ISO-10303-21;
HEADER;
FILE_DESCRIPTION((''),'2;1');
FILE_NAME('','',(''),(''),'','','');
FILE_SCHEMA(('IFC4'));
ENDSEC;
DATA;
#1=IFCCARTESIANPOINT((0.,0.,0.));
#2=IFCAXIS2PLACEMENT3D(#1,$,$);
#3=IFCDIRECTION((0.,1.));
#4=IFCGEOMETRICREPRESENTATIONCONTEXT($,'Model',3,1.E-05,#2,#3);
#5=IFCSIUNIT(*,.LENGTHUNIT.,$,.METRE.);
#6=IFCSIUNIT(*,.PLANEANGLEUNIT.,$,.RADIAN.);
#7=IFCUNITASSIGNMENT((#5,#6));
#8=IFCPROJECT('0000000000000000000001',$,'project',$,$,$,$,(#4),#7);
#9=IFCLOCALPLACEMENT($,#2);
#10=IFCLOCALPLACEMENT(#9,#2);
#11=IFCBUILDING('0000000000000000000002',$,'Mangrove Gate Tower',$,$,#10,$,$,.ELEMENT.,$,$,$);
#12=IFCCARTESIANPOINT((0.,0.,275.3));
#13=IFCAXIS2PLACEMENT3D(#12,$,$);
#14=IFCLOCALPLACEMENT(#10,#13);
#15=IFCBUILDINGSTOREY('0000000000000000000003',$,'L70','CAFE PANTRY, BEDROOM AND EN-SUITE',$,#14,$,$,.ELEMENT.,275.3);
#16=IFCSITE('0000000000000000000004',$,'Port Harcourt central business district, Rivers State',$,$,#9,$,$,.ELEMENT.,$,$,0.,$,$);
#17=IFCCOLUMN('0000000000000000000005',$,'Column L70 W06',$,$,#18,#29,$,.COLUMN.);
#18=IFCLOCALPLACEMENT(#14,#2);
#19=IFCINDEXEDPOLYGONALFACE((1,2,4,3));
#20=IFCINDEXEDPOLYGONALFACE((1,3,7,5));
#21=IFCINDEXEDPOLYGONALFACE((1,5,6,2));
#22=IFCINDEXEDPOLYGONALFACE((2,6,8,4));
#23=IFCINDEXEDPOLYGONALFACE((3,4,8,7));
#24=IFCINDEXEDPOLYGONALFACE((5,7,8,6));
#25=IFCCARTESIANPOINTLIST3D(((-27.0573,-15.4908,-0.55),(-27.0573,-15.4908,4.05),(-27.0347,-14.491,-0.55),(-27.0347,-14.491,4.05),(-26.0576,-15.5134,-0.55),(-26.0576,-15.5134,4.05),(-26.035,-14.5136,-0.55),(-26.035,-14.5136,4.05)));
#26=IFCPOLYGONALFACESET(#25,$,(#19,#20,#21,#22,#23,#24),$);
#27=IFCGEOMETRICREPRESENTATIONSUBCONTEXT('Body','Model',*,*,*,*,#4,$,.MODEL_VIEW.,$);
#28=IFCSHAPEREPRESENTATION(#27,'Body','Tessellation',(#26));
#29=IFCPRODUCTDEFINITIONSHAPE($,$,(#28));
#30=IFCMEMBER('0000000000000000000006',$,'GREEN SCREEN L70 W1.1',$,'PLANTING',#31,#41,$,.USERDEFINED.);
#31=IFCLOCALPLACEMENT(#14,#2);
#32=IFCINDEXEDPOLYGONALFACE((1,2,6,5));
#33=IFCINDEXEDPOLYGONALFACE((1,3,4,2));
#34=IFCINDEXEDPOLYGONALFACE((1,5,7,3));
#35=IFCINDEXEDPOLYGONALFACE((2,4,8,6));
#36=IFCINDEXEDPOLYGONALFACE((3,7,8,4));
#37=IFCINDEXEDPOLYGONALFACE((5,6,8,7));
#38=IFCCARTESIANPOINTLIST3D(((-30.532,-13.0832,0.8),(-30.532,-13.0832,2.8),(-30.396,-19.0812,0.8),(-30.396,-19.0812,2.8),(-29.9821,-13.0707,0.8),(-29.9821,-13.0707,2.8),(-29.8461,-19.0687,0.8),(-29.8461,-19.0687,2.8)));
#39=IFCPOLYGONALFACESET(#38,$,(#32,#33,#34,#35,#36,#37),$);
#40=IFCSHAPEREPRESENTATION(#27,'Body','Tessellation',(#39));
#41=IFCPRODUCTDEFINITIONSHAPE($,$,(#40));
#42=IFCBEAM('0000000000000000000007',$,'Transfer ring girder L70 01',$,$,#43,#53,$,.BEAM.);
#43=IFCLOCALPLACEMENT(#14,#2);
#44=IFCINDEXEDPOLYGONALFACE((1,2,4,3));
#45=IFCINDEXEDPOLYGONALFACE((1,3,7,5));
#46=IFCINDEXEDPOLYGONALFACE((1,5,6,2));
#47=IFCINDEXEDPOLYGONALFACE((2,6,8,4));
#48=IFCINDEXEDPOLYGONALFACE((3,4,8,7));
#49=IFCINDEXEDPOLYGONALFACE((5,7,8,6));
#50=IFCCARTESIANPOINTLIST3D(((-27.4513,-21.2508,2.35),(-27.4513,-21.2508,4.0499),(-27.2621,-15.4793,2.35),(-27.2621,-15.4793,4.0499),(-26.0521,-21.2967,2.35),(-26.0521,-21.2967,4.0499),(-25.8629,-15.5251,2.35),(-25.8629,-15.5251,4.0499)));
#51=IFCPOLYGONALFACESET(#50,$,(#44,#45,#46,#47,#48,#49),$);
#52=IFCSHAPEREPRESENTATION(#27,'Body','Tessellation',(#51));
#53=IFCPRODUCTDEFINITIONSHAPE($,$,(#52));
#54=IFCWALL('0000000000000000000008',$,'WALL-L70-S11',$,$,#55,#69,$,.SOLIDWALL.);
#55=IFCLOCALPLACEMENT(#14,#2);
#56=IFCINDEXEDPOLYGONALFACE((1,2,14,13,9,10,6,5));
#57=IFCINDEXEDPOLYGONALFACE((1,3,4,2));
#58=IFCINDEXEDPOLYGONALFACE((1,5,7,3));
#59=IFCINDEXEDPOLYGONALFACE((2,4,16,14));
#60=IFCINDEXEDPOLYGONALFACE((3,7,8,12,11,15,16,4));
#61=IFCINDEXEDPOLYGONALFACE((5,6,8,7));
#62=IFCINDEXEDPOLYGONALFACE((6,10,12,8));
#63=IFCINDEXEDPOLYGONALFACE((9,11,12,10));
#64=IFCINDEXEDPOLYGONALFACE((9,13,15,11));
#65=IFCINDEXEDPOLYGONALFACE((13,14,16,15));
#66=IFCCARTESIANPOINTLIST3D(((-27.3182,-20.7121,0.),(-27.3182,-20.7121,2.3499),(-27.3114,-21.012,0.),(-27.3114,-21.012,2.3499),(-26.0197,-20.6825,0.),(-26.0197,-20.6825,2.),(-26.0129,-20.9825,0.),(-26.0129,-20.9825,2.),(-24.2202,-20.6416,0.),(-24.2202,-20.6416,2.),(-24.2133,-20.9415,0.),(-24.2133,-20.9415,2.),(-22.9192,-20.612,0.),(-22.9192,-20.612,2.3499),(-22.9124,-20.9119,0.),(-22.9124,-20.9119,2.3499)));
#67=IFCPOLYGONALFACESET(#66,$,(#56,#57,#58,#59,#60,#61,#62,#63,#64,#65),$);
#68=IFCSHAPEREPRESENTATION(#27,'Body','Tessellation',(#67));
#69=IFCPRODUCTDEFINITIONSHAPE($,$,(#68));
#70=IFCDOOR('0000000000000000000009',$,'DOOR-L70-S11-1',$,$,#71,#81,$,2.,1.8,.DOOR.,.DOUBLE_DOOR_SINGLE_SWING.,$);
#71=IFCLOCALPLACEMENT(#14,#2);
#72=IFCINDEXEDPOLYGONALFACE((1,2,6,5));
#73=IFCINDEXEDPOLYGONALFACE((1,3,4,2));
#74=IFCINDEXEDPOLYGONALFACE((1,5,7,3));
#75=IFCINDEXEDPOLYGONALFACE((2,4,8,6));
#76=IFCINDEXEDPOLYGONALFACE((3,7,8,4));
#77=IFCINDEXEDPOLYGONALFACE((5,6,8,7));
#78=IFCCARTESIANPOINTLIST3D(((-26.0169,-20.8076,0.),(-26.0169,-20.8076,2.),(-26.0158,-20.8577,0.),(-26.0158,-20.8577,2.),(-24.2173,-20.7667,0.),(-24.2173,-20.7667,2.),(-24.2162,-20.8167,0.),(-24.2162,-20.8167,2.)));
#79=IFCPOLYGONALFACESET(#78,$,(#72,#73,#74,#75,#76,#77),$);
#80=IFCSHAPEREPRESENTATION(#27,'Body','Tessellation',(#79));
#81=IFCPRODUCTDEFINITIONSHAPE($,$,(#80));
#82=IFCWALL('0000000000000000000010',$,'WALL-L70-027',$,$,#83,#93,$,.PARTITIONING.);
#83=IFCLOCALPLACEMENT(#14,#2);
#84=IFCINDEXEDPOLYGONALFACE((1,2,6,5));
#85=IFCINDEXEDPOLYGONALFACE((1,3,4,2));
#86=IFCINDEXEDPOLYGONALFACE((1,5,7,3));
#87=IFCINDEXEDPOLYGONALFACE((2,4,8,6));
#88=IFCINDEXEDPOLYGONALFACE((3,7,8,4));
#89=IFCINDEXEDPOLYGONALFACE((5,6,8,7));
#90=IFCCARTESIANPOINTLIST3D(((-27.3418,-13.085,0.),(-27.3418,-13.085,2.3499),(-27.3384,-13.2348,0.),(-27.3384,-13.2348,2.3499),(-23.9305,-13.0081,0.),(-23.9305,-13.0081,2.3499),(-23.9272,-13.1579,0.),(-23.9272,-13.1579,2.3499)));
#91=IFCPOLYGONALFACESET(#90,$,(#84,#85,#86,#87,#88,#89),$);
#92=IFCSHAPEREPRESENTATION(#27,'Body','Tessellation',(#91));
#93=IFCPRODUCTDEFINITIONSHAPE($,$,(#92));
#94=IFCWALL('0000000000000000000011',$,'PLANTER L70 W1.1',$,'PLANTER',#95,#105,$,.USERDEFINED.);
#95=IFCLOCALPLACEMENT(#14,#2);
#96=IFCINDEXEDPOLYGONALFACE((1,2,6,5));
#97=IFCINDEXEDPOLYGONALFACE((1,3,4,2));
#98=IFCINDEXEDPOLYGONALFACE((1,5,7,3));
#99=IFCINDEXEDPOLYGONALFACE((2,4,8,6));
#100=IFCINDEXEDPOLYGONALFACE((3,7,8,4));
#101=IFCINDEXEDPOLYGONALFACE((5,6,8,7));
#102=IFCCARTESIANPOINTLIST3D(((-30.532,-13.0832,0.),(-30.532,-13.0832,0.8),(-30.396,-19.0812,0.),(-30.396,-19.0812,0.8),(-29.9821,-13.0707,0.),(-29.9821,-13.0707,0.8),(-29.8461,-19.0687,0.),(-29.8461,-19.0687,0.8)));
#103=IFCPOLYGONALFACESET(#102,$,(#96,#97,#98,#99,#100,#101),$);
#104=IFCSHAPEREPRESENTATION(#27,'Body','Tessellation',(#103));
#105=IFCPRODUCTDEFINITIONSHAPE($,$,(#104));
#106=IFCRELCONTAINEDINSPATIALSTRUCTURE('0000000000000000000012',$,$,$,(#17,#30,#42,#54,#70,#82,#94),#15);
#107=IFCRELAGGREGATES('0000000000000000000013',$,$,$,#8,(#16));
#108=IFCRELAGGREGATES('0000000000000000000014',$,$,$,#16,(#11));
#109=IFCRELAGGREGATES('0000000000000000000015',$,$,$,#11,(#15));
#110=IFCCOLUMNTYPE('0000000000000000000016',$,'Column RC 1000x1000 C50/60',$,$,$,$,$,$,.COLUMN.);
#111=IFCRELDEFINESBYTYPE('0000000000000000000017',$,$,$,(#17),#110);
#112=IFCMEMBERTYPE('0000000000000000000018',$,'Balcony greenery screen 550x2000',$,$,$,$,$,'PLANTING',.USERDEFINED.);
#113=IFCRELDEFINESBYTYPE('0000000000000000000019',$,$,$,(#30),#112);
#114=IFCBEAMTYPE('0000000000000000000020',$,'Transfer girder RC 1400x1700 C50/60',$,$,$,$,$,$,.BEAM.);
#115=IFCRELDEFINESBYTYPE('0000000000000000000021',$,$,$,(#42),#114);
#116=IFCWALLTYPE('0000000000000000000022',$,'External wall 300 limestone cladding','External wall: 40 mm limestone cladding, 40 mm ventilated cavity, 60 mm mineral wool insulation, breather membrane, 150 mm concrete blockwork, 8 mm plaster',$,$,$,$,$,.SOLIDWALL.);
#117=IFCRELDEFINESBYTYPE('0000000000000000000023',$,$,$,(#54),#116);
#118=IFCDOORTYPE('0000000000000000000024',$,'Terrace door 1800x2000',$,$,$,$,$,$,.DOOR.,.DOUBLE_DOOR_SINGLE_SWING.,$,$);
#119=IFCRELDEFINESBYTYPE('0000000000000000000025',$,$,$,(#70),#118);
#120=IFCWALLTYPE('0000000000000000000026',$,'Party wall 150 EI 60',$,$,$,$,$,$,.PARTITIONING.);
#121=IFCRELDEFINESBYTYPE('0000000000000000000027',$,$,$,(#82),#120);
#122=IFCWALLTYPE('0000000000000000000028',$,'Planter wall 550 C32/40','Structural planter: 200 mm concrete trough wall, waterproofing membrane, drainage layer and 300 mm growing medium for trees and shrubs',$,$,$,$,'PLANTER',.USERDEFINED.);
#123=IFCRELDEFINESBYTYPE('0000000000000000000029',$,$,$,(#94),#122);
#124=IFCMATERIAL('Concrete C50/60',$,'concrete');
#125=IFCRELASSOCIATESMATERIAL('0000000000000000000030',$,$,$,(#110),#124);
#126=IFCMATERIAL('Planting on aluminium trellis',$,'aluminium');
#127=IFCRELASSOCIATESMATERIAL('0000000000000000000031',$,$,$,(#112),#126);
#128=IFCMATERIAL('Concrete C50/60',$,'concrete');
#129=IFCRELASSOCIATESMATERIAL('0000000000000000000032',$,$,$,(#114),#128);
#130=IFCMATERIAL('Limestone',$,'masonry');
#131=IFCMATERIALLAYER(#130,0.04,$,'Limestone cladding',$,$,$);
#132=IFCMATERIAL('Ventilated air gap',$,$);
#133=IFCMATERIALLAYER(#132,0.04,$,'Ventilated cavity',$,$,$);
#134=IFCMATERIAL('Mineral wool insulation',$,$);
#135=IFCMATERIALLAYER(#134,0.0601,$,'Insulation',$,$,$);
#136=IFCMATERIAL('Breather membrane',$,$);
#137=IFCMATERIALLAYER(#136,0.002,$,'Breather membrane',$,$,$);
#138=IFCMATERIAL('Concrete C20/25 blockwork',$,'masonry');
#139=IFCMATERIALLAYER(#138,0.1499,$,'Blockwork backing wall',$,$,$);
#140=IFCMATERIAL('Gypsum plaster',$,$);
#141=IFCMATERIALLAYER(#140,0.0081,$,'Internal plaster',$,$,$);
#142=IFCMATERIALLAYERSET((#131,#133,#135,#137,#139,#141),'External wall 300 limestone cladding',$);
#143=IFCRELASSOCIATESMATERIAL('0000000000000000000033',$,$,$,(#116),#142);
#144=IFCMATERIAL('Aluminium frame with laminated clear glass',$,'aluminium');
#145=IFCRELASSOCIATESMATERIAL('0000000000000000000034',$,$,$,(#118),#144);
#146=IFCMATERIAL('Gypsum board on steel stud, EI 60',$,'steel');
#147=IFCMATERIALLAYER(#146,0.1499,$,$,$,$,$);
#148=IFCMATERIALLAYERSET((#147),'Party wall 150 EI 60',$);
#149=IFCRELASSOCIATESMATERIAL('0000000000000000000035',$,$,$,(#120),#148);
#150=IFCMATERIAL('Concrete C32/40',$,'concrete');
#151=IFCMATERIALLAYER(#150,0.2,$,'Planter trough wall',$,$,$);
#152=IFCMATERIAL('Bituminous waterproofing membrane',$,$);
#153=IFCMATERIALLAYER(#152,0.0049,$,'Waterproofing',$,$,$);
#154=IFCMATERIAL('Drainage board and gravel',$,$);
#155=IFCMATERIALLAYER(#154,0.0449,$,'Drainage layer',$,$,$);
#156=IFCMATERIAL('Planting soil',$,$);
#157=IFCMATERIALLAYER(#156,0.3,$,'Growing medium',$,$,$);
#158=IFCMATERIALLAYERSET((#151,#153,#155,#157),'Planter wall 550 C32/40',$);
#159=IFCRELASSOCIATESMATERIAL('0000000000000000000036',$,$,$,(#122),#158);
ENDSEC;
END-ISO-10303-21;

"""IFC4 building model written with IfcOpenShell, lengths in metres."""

from ifc_helpers import new_model, si_unit, direction, frame, frame_2d, origin, origin_2d, place, context, subcontext, project, spatial, rectangle, extrude, material, layer, layer_set, material_profile, profile_set, type_object, element, fill, save


model = new_model("IFC4")

# Units and contexts
model_context = context("Model", 3, precision=1e-05, world=origin(), true_north=direction((0.0, 1.0)))
body_context = subcontext(model_context, "Body", "Model", "MODEL_VIEW")
ifc_project = project(units=[si_unit("LENGTHUNIT", "METRE"), si_unit("PLANEANGLEUNIT", "RADIAN")], contexts=[model_context])

# Site, building, storey
site_placement = place(None, origin())
site = spatial("IfcSite", under=ifc_project, at=site_placement, Name="Port Harcourt central business district, Rivers State", CompositionType="ELEMENT", RefElevation=0.0)
building_placement = place(site_placement, origin())
building = spatial("IfcBuilding", under=site, at=building_placement, Name="Mangrove Gate Tower", CompositionType="ELEMENT")
storey_placement = place(building_placement, frame((0.0, 0.0, 275.3)))
storey = spatial("IfcBuildingStorey", under=building, at=storey_placement, Name="L70", Description="CAFE PANTRY, BEDROOM AND EN-SUITE", CompositionType="ELEMENT", Elevation=275.3)

# Column
ifc_material_1 = material(Name="Concrete C50/60", Category="concrete")
ifc_material_profile_1 = material_profile(ifc_material_1, rectangle(XDim=1.0, YDim=1.0, at=origin_2d()))
ifc_profile_set_1 = profile_set([ifc_material_profile_1], Name="Concrete C50/60")
column_type = type_object("IfcColumnType", Name="Column RC 1000x1000 C50/60", PredefinedType="COLUMN", material=ifc_profile_set_1)
column_placement = place(storey_placement, frame((-26.5461, -15.0022, -0.55), z_axis=(0.0, 0.0, 1.0), x_axis=(-0.022637, -0.999744, 0.0)))
element("IfcColumn", 1, at=column_placement, inside=storey, type_object=column_type, Name="Column L70 W06", PredefinedType="COLUMN", context=body_context, shape_type="SweptSolid", body=[
    extrude(rectangle(XDim=1.0, YDim=1.0, at=origin_2d()), origin(), (0.0, 0.0, 1.0), 4.6001),
])

# Member
ifc_material_2 = material(Name="Planting on aluminium trellis", Category="aluminium")
ifc_material_profile_2 = material_profile(ifc_material_2, rectangle(XDim=0.55, YDim=2.0, at=origin_2d()))
ifc_profile_set_2 = profile_set([ifc_material_profile_2], Name="Planting on aluminium trellis")
member_type = type_object("IfcMemberType", Name="Balcony greenery screen 550x2000", ElementType="PLANTING", PredefinedType="USERDEFINED", material=ifc_profile_set_2)
member_placement = place(storey_placement, frame((-30.1211, -19.075, 1.8), z_axis=(-0.022666, 0.999743, 0.0), x_axis=(-0.999743, -0.022666, 0.0)))
element("IfcMember", 2, at=member_placement, inside=storey, type_object=member_type, Name="GREEN SCREEN L70 W1.1", ObjectType="PLANTING", PredefinedType="USERDEFINED", context=body_context, shape_type="SweptSolid", body=[
    extrude(rectangle(XDim=0.55, YDim=2.0, at=origin_2d()), origin(), (0.0, 0.0, 1.0), 5.9995),
])

# Beam
ifc_material_3 = material(Name="Concrete C50/60", Category="concrete")
ifc_material_profile_3 = material_profile(ifc_material_3, rectangle(XDim=1.3999, YDim=1.7, at=origin_2d()))
ifc_profile_set_3 = profile_set([ifc_material_profile_3], Name="Concrete C50/60")
beam_type = type_object("IfcBeamType", Name="Transfer girder RC 1400x1700 C50/60", PredefinedType="BEAM", material=ifc_profile_set_3)
beam_placement = place(storey_placement, frame((-26.5625, -15.5022, 3.2), z_axis=(-0.032766, -0.999463, 0.0), x_axis=(0.999463, -0.032766, 0.0)))
element("IfcBeam", 3, at=beam_placement, inside=storey, type_object=beam_type, Name="Transfer ring girder L70 01", PredefinedType="BEAM", context=body_context, shape_type="SweptSolid", body=[
    extrude(rectangle(XDim=1.3999, YDim=1.7, at=origin_2d()), origin(), (0.0, 0.0, 1.0), 5.7747),
])

# Wall, opening, door
ifc_material_4 = material(Name="Limestone", Category="masonry")
ifc_layer_1 = layer(ifc_material_4, 0.04, Name="Limestone cladding")
ifc_material_5 = material(Name="Ventilated air gap")
ifc_layer_2 = layer(ifc_material_5, 0.04, Name="Ventilated cavity")
ifc_material_6 = material(Name="Mineral wool insulation")
ifc_layer_3 = layer(ifc_material_6, 0.0601, Name="Insulation")
ifc_material_7 = material(Name="Breather membrane")
ifc_layer_4 = layer(ifc_material_7, 0.002, Name="Breather membrane")
ifc_material_8 = material(Name="Concrete C20/25 blockwork", Category="masonry")
ifc_layer_5 = layer(ifc_material_8, 0.1499, Name="Blockwork backing wall")
ifc_material_9 = material(Name="Gypsum plaster")
ifc_layer_6 = layer(ifc_material_9, 0.0081, Name="Internal plaster")
ifc_layer_set_1 = layer_set([ifc_layer_1, ifc_layer_2, ifc_layer_3, ifc_layer_4, ifc_layer_5, ifc_layer_6], Name="External wall 300 limestone cladding")
wall_type_1 = type_object("IfcWallType", Name="External wall 300 limestone cladding", Description="External wall: 40 mm limestone cladding, 40 mm ventilated cavity, 60 mm mineral wool insulation, breather membrane, 150 mm concrete blockwork, 8 mm plaster", PredefinedType="SOLIDWALL", material=ifc_layer_set_1)
wall_1_placement = place(storey_placement, frame((-27.3149, -20.8621, 0.0), z_axis=(0.0, 0.0, 1.0), x_axis=(0.999741, 0.022749, 0.0)))
wall_1 = element("IfcWall", 4, at=wall_1_placement, inside=storey, type_object=wall_type_1, Name="WALL-L70-S11", PredefinedType="SOLIDWALL", context=body_context, shape_type="SweptSolid", body=[
    extrude(rectangle(XDim=4.4001, YDim=0.3, at=frame_2d((2.2002, 0.0))), origin(), (0.0, 0.0, 1.0), 2.3499),
])
opening_placement = place(wall_1_placement, frame((1.2991, 0.0, 0.0)))
opening = element("IfcOpeningElement", 5, at=opening_placement, cuts=wall_1, PredefinedType="OPENING", context=body_context, shape_type="SweptSolid", body=[
    extrude(rectangle(XDim=1.8, YDim=2.0, at=frame_2d((0.8999, 1.0))), frame((0.0, 0.1599, 0.0), z_axis=(0.0, -1.0, 0.0), x_axis=(1.0, 0.0, 0.0)), (0.0, 0.0, 1.0), 0.3201),
])
ifc_material_10 = material(Name="Aluminium frame with laminated clear glass", Category="aluminium")
door_type = type_object("IfcDoorType", Name="Terrace door 1800x2000", OperationType="DOUBLE_DOOR_SINGLE_SWING", PredefinedType="DOOR", material=ifc_material_10)
door_placement = place(opening_placement, origin())
door = element("IfcDoor", 6, at=door_placement, inside=storey, type_object=door_type, Name="DOOR-L70-S11-1", OperationType="DOUBLE_DOOR_SINGLE_SWING", OverallHeight=2.0, OverallWidth=1.8, PredefinedType="DOOR", context=body_context, shape_type="SweptSolid", body=[
    extrude(rectangle(XDim=1.8, YDim=2.0, at=frame_2d((0.8999, 1.0))), frame((0.0, 0.0249, 0.0), z_axis=(0.0, -1.0, 0.0), x_axis=(1.0, 0.0, 0.0)), (0.0, 0.0, 1.0), 0.05),
])
fill(opening, door)

# Walls
ifc_material_11 = material(Name="Gypsum board on steel stud, EI 60", Category="steel")
ifc_layer_7 = layer(ifc_material_11, 0.1499)
ifc_layer_set_2 = layer_set([ifc_layer_7], Name="Party wall 150 EI 60")
wall_type_2 = type_object("IfcWallType", Name="Party wall 150 EI 60", PredefinedType="PARTITIONING", material=ifc_layer_set_2)
wall_2_placement = place(storey_placement, frame((-27.3401, -13.1599, 0.0), z_axis=(0.0, 0.0, 1.0), x_axis=(0.999746, 0.022539, 0.0)))
element("IfcWall", 7, at=wall_2_placement, inside=storey, type_object=wall_type_2, Name="WALL-L70-027", PredefinedType="PARTITIONING", context=body_context, shape_type="SweptSolid", body=[
    extrude(rectangle(XDim=3.4121, YDim=0.1499, at=frame_2d((1.7061, 0.0))), origin(), (0.0, 0.0, 1.0), 2.3499),
])
ifc_material_12 = material(Name="Concrete C32/40", Category="concrete")
ifc_layer_8 = layer(ifc_material_12, 0.2, Name="Planter trough wall")
ifc_material_13 = material(Name="Bituminous waterproofing membrane")
ifc_layer_9 = layer(ifc_material_13, 0.0049, Name="Waterproofing")
ifc_material_14 = material(Name="Drainage board and gravel")
ifc_layer_10 = layer(ifc_material_14, 0.0449, Name="Drainage layer")
ifc_material_15 = material(Name="Planting soil")
ifc_layer_11 = layer(ifc_material_15, 0.3, Name="Growing medium")
ifc_layer_set_3 = layer_set([ifc_layer_8, ifc_layer_9, ifc_layer_10, ifc_layer_11], Name="Planter wall 550 C32/40")
wall_type_3 = type_object("IfcWallType", Name="Planter wall 550 C32/40", Description="Structural planter: 200 mm concrete trough wall, waterproofing membrane, drainage layer and 300 mm growing medium for trees and shrubs", ElementType="PLANTER", PredefinedType="USERDEFINED", material=ifc_layer_set_3)
wall_3_placement = place(storey_placement, frame((-30.1211, -19.075, 0.0), z_axis=(0.0, 0.0, 1.0), x_axis=(-0.022666, 0.999743, 0.0)))
element("IfcWall", 8, at=wall_3_placement, inside=storey, type_object=wall_type_3, Name="PLANTER L70 W1.1", ObjectType="PLANTER", PredefinedType="USERDEFINED", context=body_context, shape_type="SweptSolid", body=[
    extrude(rectangle(XDim=5.9995, YDim=0.55, at=frame_2d((2.9998, 0.0))), origin(), (0.0, 0.0, 1.0), 0.8),
])

save(model, "model.ifc")
